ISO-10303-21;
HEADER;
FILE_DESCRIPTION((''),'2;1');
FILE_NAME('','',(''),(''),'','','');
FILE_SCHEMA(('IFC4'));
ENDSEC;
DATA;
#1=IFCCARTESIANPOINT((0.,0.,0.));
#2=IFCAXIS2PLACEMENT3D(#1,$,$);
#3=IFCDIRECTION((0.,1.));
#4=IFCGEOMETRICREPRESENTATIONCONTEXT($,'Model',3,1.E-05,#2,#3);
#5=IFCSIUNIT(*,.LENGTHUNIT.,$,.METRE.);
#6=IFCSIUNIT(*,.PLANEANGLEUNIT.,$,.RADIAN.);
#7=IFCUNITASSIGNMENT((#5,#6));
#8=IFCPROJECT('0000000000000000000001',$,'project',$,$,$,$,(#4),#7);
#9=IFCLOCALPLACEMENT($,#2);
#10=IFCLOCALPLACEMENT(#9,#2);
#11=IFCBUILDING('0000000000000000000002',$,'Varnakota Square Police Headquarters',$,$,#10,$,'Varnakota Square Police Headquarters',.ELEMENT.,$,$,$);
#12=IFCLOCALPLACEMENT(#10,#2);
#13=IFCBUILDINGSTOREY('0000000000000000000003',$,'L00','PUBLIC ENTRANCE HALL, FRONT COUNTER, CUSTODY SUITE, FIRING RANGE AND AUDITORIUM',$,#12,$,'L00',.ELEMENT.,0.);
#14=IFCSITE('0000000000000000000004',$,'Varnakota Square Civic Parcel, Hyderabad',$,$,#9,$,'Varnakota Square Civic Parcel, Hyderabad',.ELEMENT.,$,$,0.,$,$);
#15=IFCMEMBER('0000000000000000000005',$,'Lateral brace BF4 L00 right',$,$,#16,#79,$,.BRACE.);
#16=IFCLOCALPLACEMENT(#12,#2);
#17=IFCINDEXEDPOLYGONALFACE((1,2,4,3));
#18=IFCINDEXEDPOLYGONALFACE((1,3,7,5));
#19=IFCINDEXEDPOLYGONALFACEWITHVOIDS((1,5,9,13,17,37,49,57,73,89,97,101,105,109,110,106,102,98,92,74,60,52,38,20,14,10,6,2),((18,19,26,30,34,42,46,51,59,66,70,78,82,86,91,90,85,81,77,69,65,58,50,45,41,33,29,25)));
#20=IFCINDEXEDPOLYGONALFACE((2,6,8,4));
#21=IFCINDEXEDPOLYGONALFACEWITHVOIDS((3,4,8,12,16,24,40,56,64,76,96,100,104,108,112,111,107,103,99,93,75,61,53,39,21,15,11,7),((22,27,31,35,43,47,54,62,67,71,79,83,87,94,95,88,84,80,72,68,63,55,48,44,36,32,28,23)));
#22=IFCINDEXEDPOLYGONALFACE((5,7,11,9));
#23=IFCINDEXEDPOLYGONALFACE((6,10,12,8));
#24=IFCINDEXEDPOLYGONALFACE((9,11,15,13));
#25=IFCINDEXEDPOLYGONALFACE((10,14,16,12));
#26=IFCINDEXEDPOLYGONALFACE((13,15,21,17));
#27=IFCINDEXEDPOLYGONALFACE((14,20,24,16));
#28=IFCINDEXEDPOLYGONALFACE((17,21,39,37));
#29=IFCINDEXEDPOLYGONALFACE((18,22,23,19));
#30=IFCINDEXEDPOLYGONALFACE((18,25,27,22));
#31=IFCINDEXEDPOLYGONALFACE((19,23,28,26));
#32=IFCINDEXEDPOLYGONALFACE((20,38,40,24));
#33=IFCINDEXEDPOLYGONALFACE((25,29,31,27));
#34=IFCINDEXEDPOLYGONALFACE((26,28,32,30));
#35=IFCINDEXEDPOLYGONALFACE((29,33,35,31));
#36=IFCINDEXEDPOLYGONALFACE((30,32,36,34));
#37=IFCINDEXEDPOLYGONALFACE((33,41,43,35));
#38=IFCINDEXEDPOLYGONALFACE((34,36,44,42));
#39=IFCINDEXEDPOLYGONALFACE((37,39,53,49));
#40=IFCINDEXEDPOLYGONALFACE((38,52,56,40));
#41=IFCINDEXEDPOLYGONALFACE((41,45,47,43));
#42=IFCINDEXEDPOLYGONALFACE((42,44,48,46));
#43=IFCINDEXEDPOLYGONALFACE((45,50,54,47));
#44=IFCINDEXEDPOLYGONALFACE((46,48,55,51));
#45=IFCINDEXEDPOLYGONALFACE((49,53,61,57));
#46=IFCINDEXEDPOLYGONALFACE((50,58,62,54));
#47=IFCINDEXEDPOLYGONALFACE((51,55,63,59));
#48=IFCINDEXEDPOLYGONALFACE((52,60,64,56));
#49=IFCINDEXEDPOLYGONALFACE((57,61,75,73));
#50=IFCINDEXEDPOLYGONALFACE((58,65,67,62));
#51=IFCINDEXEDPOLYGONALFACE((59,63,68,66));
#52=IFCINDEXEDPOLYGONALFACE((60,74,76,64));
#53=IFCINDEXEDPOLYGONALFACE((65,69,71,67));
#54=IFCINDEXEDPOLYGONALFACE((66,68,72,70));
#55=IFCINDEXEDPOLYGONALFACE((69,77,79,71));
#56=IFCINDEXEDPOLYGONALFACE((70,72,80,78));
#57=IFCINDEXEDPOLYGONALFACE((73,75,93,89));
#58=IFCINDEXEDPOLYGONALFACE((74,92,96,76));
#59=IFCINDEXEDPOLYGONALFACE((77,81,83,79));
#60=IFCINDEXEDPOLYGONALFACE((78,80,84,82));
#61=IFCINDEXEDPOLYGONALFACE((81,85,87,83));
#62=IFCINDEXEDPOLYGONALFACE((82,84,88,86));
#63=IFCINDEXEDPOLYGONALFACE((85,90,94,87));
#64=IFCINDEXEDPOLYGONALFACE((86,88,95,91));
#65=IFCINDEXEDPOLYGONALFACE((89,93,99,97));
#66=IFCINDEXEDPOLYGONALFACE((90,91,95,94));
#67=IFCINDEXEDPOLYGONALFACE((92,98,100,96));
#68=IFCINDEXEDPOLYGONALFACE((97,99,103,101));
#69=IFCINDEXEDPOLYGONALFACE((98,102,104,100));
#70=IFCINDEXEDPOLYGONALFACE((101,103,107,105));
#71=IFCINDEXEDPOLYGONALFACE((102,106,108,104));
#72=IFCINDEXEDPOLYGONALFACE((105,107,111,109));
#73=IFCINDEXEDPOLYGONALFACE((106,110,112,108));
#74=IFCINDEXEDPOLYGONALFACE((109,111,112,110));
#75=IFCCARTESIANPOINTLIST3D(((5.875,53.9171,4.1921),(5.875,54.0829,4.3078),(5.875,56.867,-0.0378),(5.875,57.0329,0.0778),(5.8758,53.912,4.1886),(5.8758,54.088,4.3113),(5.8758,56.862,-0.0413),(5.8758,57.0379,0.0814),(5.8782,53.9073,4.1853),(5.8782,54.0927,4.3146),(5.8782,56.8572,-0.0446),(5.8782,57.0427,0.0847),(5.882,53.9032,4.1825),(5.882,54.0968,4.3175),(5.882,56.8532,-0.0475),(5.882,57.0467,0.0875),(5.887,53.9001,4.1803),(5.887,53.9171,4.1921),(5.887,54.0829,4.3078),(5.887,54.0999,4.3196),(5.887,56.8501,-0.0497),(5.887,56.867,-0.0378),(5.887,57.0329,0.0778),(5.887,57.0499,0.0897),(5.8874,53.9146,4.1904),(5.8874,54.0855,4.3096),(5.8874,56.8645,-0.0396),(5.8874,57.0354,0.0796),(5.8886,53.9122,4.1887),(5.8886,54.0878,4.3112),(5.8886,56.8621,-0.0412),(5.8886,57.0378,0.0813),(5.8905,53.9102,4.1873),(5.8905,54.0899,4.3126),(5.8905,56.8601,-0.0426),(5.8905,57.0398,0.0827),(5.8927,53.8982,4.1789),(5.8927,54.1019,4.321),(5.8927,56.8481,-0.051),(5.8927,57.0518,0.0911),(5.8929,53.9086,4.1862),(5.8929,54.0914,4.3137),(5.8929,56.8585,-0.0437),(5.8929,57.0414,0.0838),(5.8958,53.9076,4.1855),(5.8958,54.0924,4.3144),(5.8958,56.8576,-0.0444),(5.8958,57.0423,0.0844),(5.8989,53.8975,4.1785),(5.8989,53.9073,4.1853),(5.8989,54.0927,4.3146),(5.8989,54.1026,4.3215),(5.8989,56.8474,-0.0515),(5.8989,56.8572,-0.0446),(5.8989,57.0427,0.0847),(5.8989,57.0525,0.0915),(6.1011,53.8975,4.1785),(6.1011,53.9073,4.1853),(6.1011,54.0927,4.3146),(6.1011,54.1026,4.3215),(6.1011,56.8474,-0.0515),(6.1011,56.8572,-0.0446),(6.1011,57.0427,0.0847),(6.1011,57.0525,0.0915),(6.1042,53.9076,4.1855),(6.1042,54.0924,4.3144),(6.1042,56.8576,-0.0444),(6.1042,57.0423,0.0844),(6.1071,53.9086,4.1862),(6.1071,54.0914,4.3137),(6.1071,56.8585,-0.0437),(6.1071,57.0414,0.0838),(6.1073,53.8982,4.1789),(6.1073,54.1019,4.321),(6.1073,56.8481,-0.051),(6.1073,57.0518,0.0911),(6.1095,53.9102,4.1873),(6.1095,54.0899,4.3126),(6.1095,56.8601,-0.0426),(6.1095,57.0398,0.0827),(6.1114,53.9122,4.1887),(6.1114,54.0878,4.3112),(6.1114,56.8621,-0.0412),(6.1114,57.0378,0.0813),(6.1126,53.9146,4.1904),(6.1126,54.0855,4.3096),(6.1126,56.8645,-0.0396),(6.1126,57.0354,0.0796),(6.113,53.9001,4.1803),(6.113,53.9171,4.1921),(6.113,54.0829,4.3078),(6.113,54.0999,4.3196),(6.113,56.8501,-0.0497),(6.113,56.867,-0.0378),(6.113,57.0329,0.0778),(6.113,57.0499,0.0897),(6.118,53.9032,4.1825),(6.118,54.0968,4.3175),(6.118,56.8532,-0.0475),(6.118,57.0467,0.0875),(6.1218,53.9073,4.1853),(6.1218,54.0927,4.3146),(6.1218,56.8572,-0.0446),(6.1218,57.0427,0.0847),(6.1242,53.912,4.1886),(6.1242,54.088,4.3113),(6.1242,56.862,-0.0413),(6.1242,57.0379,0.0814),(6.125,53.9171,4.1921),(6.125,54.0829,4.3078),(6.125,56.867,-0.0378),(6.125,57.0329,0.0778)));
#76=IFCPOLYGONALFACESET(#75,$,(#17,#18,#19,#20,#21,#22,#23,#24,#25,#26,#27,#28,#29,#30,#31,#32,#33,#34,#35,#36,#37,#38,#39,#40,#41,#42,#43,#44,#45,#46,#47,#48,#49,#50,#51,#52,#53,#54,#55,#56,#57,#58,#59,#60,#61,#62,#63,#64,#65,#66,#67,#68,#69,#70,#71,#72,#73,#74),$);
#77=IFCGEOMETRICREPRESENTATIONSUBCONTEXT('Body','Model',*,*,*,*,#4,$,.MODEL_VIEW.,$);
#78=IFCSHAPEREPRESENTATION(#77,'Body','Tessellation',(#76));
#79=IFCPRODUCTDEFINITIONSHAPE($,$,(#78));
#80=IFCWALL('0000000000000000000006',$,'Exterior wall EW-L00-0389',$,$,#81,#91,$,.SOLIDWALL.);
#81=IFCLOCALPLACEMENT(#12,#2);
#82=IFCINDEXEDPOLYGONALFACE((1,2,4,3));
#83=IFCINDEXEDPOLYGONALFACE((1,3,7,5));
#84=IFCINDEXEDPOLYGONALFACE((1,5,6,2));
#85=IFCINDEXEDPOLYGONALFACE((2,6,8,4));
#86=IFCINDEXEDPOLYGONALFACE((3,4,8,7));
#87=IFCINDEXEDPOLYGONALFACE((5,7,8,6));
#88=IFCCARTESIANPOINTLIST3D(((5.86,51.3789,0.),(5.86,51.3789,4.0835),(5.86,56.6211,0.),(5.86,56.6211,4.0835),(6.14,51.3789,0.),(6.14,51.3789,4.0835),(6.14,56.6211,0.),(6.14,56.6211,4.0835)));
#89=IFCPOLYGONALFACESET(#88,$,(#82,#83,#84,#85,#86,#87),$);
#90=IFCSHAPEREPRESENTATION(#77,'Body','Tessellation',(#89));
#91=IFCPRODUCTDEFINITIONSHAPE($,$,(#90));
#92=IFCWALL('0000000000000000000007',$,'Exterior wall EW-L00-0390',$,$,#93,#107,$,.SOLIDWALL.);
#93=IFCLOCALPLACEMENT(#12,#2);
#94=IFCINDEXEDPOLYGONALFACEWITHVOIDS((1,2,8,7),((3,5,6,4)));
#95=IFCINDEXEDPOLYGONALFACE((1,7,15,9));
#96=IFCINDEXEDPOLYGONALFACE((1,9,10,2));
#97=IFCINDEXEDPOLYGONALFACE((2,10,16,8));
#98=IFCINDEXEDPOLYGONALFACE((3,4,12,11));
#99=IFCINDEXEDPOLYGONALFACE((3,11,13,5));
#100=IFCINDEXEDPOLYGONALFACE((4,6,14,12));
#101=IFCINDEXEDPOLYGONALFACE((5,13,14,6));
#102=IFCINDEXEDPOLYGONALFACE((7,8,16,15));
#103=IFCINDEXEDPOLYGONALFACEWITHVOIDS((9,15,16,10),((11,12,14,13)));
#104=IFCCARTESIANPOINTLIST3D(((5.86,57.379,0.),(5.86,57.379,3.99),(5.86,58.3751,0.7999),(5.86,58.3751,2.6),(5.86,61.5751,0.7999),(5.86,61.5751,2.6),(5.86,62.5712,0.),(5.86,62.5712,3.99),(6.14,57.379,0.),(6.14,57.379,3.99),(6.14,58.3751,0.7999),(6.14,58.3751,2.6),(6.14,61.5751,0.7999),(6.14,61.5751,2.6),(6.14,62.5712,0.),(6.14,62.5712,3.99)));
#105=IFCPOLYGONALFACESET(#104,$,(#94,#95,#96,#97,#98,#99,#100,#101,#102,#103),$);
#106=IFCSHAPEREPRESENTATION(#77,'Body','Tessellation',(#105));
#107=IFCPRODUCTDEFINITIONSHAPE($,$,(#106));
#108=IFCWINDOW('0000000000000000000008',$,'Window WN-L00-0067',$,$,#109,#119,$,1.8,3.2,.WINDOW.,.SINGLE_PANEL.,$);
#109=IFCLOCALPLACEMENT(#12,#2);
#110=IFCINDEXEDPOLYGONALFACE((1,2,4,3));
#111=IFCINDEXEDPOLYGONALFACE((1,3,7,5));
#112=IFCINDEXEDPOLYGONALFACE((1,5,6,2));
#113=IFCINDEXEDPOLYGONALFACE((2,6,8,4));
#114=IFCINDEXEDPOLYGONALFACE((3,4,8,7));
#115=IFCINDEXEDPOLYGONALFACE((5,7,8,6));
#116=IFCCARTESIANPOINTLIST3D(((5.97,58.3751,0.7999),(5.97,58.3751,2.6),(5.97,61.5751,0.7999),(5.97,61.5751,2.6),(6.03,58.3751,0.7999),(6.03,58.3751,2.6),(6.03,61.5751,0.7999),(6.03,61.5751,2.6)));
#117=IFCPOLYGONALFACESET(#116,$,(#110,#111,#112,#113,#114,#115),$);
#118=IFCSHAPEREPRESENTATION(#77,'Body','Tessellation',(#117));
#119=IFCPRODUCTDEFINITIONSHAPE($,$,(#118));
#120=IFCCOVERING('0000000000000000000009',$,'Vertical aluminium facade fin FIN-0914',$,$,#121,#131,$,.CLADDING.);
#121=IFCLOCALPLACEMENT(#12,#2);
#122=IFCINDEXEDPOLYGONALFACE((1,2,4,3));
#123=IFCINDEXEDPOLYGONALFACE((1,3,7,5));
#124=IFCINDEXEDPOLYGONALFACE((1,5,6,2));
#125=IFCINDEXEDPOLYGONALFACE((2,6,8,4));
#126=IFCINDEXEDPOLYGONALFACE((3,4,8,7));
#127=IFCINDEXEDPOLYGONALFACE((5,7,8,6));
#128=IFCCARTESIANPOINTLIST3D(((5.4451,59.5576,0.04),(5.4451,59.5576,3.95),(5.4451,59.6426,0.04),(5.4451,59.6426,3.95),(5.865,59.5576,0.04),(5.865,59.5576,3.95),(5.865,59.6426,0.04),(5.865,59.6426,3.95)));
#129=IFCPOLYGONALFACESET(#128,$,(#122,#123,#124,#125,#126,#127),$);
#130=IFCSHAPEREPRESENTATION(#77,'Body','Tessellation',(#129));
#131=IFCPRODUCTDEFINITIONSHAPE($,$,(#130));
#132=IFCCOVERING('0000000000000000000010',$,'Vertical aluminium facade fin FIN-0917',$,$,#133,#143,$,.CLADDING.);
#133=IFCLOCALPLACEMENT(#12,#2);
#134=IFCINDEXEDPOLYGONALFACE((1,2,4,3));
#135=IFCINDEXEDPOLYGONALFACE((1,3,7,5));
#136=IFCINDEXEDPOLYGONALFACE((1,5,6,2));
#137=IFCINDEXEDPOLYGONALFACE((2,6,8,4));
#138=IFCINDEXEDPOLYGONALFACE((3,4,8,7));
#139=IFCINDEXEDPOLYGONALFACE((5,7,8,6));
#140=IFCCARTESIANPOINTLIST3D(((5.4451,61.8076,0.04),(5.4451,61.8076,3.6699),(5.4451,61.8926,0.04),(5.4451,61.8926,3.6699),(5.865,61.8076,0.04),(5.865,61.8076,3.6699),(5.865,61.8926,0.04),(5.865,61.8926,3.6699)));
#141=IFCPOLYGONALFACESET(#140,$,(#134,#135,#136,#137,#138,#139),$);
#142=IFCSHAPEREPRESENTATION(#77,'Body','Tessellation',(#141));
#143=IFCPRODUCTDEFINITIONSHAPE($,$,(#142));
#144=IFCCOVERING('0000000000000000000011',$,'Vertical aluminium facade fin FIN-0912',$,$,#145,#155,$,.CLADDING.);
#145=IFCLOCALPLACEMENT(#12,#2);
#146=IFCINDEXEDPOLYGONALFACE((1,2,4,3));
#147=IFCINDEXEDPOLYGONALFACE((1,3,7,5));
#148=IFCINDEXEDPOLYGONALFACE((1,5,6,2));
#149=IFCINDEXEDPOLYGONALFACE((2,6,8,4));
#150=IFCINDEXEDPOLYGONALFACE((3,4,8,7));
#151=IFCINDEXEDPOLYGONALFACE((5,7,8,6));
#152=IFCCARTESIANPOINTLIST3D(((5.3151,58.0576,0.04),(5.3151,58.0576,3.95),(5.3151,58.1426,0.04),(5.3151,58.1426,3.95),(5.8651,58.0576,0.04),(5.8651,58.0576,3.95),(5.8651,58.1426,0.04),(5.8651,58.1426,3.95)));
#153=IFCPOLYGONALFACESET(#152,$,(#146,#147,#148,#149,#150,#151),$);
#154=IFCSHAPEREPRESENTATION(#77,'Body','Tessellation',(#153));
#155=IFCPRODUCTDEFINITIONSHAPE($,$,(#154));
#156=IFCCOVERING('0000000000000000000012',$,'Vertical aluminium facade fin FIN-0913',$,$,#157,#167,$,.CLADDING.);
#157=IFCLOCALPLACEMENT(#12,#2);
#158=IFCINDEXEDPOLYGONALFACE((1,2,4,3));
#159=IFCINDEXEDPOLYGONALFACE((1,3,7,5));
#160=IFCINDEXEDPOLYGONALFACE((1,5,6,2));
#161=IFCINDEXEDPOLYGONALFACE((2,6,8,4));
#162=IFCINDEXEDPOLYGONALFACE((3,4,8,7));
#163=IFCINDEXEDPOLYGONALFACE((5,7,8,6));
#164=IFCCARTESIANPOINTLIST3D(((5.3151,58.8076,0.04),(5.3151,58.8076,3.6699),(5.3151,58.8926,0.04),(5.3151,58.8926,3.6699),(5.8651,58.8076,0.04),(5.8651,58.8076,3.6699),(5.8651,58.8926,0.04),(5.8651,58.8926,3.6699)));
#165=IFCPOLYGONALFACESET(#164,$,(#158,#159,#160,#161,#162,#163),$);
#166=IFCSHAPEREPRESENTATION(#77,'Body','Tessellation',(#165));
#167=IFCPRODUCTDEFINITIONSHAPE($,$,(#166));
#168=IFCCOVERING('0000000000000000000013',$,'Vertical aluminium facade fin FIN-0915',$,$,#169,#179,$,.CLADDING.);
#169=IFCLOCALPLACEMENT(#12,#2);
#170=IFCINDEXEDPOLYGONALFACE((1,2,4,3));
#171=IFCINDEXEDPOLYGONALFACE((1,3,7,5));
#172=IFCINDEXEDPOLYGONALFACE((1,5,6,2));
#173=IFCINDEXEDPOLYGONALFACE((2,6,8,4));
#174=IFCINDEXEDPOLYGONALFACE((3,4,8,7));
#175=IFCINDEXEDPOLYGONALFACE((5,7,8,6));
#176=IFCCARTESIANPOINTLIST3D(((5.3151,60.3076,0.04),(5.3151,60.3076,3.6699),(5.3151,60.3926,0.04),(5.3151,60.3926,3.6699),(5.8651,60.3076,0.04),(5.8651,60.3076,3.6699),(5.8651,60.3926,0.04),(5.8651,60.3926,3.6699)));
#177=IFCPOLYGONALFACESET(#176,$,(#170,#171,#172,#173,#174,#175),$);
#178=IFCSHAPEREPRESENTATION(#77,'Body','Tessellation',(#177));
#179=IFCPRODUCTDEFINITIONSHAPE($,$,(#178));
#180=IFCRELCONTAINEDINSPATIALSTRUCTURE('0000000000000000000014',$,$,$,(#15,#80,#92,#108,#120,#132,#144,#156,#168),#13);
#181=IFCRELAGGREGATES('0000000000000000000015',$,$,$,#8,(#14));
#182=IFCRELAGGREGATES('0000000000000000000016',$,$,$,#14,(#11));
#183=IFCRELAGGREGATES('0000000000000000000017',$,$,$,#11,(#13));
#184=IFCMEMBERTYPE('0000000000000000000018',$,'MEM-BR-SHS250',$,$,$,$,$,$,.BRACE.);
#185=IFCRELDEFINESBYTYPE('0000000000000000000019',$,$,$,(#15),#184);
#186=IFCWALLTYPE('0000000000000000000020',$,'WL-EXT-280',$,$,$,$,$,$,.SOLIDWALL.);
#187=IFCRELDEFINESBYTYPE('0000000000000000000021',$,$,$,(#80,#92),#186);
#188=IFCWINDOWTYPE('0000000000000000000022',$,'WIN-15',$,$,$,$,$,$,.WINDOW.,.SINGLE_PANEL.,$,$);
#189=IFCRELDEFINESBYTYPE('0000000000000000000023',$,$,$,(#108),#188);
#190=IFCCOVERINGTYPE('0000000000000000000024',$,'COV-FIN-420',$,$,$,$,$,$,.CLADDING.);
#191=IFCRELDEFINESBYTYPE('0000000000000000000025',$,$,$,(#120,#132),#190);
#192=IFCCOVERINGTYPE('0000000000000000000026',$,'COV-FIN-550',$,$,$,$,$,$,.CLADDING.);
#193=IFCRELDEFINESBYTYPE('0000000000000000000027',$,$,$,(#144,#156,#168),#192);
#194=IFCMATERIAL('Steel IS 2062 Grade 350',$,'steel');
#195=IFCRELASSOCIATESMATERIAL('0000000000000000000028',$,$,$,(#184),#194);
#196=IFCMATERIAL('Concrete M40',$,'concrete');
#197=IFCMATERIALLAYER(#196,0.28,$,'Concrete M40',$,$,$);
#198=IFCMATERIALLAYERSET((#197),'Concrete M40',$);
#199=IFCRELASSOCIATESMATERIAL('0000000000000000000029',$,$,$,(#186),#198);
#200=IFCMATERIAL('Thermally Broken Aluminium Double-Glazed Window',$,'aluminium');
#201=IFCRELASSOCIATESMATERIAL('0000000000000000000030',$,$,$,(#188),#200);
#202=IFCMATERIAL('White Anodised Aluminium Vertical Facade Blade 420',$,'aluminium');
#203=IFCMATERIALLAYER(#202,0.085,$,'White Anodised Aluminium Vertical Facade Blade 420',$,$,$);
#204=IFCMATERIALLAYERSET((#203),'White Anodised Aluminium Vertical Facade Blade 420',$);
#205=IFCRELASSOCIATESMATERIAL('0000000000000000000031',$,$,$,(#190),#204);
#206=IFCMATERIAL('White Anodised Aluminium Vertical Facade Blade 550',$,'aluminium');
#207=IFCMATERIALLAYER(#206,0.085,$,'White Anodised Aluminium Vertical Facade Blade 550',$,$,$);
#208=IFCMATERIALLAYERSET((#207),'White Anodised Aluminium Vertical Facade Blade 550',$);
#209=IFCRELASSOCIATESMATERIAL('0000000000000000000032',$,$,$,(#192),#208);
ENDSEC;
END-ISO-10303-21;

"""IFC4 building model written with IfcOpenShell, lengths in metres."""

from ifc_helpers import new_model, si_unit, direction, frame, frame_2d, origin, origin_2d, place, context, subcontext, project, spatial, rectangle, hollow_rectangle, extrude, material, layer, layer_set, material_profile, profile_set, type_object, element, fill, save


model = new_model("IFC4")

# Units and contexts
model_context = context("Model", 3, precision=1e-05, world=origin(), true_north=direction((0.0, 1.0)))
body_context = subcontext(model_context, "Body", "Model", "MODEL_VIEW")
ifc_project = project(units=[si_unit("LENGTHUNIT", "METRE"), si_unit("PLANEANGLEUNIT", "RADIAN")], contexts=[model_context])

# Site, building, storey
site_placement = place(None, origin())
site = spatial("IfcSite", under=ifc_project, at=site_placement, Name="Varnakota Square Civic Parcel, Hyderabad", LongName="Varnakota Square Civic Parcel, Hyderabad", CompositionType="ELEMENT", RefElevation=0.0)
building_placement = place(site_placement, origin())
building = spatial("IfcBuilding", under=site, at=building_placement, Name="Varnakota Square Police Headquarters", LongName="Varnakota Square Police Headquarters", CompositionType="ELEMENT")
storey_placement = place(building_placement, origin())
storey = spatial("IfcBuildingStorey", under=building, at=storey_placement, Name="L00", Description="PUBLIC ENTRANCE HALL, FRONT COUNTER, CUSTODY SUITE, FIRING RANGE AND AUDITORIUM", LongName="L00", CompositionType="ELEMENT", Elevation=0.0)

# Shared definitions
ifc_material_1 = material(Name="Steel IS 2062 Grade 350", Category="steel")

# Member
ifc_material_profile_1 = material_profile(ifc_material_1, hollow_rectangle(XDim=0.25, YDim=0.25, WallThickness=0.012, InnerFilletRadius=0.012, OuterFilletRadius=0.0239, at=origin_2d()), Name="SHS 250x250x12")
ifc_profile_set_1 = profile_set([ifc_material_profile_1], Name="Steel IS 2062 Grade 350")
member_type = type_object("IfcMemberType", Name="MEM-BR-SHS250", PredefinedType="BRACE", material=ifc_profile_set_1)
for number, where, z_axis, x_axis, name in (
    (1, (6.0, 56.95, 0.02), (0.0, -0.572025, 0.820236), (1.0, 0.0, 0.0), "Lateral brace BF4 L00 right"),
):
    element("IfcMember", number, at=place(storey_placement, frame(where, z_axis=z_axis, x_axis=x_axis)), inside=storey, type_object=member_type, Name=name, PredefinedType="BRACE", context=body_context, shape_type="SweptSolid", body=[
        extrude(hollow_rectangle(XDim=0.25, YDim=0.25, WallThickness=0.012, InnerFilletRadius=0.012, OuterFilletRadius=0.0239, at=origin_2d()), origin(), (0.0, 0.0, 1.0), 5.157),
    ])

# Wall
ifc_material_2 = material(Name="Concrete M40", Category="concrete")
ifc_layer_1 = layer(ifc_material_2, 0.28, Name="Concrete M40")
ifc_layer_set_1 = layer_set([ifc_layer_1], Name="Concrete M40")
wall_type = type_object("IfcWallType", Name="WL-EXT-280", PredefinedType="SOLIDWALL", material=ifc_layer_set_1)
wall_1_placement = place(storey_placement, frame((6.0, 51.3789, 0.0), z_axis=(0.0, 0.0, 1.0), x_axis=(0.0, 1.0, 0.0)))
element("IfcWall", 2, at=wall_1_placement, inside=storey, type_object=wall_type, Name="Exterior wall EW-L00-0389", PredefinedType="SOLIDWALL", context=body_context, shape_type="SweptSolid", body=[
    extrude(rectangle(XDim=5.2422, YDim=0.28, at=frame_2d((2.6211, 0.0))), origin(), (0.0, 0.0, 1.0), 4.0835),
])

# Wall, opening, window
wall_2_placement = place(storey_placement, frame((6.0, 57.3789, 0.0), z_axis=(0.0, 0.0, 1.0), x_axis=(0.0, 1.0, 0.0)))
wall_2 = element("IfcWall", 3, at=wall_2_placement, inside=storey, type_object=wall_type, Name="Exterior wall EW-L00-0390", PredefinedType="SOLIDWALL", context=body_context, shape_type="SweptSolid", body=[
    extrude(rectangle(XDim=5.1921, YDim=0.28, at=frame_2d((2.5962, 0.0))), origin(), (0.0, 0.0, 1.0), 3.99),
])
opening_placement = place(wall_2_placement, frame((0.9961, 0.0, 0.8)))
opening = element("IfcOpeningElement", 4, at=opening_placement, cuts=wall_2, PredefinedType="OPENING", context=body_context, shape_type="SweptSolid", body=[
    extrude(rectangle(XDim=3.2, YDim=1.8, at=frame_2d((1.6001, 0.8999))), frame((0.0, 0.1499, 0.0), z_axis=(0.0, -1.0, 0.0), x_axis=(1.0, 0.0, 0.0)), (0.0, 0.0, 1.0), 0.3),
])
ifc_material_3 = material(Name="Thermally Broken Aluminium Double-Glazed Window", Category="aluminium")
window_type = type_object("IfcWindowType", Name="WIN-15", PartitioningType="SINGLE_PANEL", PredefinedType="WINDOW", material=ifc_material_3)
window_placement = place(opening_placement, origin())
window = element("IfcWindow", 5, at=window_placement, inside=storey, type_object=window_type, Name="Window WN-L00-0067", OverallHeight=1.8, OverallWidth=3.2, PartitioningType="SINGLE_PANEL", PredefinedType="WINDOW", context=body_context, shape_type="SweptSolid", body=[
    extrude(rectangle(XDim=3.2, YDim=1.8, at=frame_2d((1.6001, 0.8999))), frame((0.0, 0.03, 0.0), z_axis=(0.0, -1.0, 0.0), x_axis=(1.0, 0.0, 0.0)), (0.0, 0.0, 1.0), 0.0601),
])
fill(opening, window)

# Coverings
ifc_material_4 = material(Name="White Anodised Aluminium Vertical Facade Blade 420", Category="aluminium")
ifc_layer_2 = layer(ifc_material_4, 0.085, Name="White Anodised Aluminium Vertical Facade Blade 420")
ifc_layer_set_2 = layer_set([ifc_layer_2], Name="White Anodised Aluminium Vertical Facade Blade 420")
covering_type_1 = type_object("IfcCoveringType", Name="COV-FIN-420", PredefinedType="CLADDING", material=ifc_layer_set_2)
covering_1_placement = place(storey_placement, frame((5.655, 59.6001, 0.04), z_axis=(0.0, 0.0, 1.0), x_axis=(0.0, 1.0, 0.0)))
element("IfcCovering", 6, at=covering_1_placement, inside=storey, type_object=covering_type_1, Name="Vertical aluminium facade fin FIN-0914", PredefinedType="CLADDING", context=body_context, shape_type="SweptSolid", body=[
    extrude(rectangle(XDim=0.085, YDim=0.4199, at=origin_2d()), origin(), (0.0, 0.0, 1.0), 3.9099),
])
covering_2_placement = place(storey_placement, frame((5.655, 61.8501, 0.04), z_axis=(0.0, 0.0, 1.0), x_axis=(0.0, 1.0, 0.0)))
element("IfcCovering", 7, at=covering_2_placement, inside=storey, type_object=covering_type_1, Name="Vertical aluminium facade fin FIN-0917", PredefinedType="CLADDING", context=body_context, shape_type="SweptSolid", body=[
    extrude(rectangle(XDim=0.085, YDim=0.4199, at=origin_2d()), origin(), (0.0, 0.0, 1.0), 3.6299),
])
ifc_material_5 = material(Name="White Anodised Aluminium Vertical Facade Blade 550", Category="aluminium")
ifc_layer_3 = layer(ifc_material_5, 0.085, Name="White Anodised Aluminium Vertical Facade Blade 550")
ifc_layer_set_3 = layer_set([ifc_layer_3], Name="White Anodised Aluminium Vertical Facade Blade 550")
covering_type_2 = type_object("IfcCoveringType", Name="COV-FIN-550", PredefinedType="CLADDING", material=ifc_layer_set_3)
covering_3_placement = place(storey_placement, frame((5.5901, 58.1001, 0.04), z_axis=(0.0, 0.0, 1.0), x_axis=(0.0, 1.0, 0.0)))
element("IfcCovering", 8, at=covering_3_placement, inside=storey, type_object=covering_type_2, Name="Vertical aluminium facade fin FIN-0912", PredefinedType="CLADDING", context=body_context, shape_type="SweptSolid", body=[
    extrude(rectangle(XDim=0.085, YDim=0.55, at=origin_2d()), origin(), (0.0, 0.0, 1.0), 3.9099),
])
for number, where, z_axis, x_axis, name in (
    (9, (5.5901, 58.8501, 0.04), (0.0, 0.0, 1.0), (0.0, 1.0, 0.0), "Vertical aluminium facade fin FIN-0913"),
    (10, (5.5901, 60.3501, 0.04), (0.0, 0.0, 1.0), (0.0, 1.0, 0.0), "Vertical aluminium facade fin FIN-0915"),
):
    element("IfcCovering", number, at=place(storey_placement, frame(where, z_axis=z_axis, x_axis=x_axis)), inside=storey, type_object=covering_type_2, Name=name, PredefinedType="CLADDING", context=body_context, shape_type="SweptSolid", body=[
        extrude(rectangle(XDim=0.085, YDim=0.55, at=origin_2d()), origin(), (0.0, 0.0, 1.0), 3.6299),
    ])

save(model, "model.ifc")
